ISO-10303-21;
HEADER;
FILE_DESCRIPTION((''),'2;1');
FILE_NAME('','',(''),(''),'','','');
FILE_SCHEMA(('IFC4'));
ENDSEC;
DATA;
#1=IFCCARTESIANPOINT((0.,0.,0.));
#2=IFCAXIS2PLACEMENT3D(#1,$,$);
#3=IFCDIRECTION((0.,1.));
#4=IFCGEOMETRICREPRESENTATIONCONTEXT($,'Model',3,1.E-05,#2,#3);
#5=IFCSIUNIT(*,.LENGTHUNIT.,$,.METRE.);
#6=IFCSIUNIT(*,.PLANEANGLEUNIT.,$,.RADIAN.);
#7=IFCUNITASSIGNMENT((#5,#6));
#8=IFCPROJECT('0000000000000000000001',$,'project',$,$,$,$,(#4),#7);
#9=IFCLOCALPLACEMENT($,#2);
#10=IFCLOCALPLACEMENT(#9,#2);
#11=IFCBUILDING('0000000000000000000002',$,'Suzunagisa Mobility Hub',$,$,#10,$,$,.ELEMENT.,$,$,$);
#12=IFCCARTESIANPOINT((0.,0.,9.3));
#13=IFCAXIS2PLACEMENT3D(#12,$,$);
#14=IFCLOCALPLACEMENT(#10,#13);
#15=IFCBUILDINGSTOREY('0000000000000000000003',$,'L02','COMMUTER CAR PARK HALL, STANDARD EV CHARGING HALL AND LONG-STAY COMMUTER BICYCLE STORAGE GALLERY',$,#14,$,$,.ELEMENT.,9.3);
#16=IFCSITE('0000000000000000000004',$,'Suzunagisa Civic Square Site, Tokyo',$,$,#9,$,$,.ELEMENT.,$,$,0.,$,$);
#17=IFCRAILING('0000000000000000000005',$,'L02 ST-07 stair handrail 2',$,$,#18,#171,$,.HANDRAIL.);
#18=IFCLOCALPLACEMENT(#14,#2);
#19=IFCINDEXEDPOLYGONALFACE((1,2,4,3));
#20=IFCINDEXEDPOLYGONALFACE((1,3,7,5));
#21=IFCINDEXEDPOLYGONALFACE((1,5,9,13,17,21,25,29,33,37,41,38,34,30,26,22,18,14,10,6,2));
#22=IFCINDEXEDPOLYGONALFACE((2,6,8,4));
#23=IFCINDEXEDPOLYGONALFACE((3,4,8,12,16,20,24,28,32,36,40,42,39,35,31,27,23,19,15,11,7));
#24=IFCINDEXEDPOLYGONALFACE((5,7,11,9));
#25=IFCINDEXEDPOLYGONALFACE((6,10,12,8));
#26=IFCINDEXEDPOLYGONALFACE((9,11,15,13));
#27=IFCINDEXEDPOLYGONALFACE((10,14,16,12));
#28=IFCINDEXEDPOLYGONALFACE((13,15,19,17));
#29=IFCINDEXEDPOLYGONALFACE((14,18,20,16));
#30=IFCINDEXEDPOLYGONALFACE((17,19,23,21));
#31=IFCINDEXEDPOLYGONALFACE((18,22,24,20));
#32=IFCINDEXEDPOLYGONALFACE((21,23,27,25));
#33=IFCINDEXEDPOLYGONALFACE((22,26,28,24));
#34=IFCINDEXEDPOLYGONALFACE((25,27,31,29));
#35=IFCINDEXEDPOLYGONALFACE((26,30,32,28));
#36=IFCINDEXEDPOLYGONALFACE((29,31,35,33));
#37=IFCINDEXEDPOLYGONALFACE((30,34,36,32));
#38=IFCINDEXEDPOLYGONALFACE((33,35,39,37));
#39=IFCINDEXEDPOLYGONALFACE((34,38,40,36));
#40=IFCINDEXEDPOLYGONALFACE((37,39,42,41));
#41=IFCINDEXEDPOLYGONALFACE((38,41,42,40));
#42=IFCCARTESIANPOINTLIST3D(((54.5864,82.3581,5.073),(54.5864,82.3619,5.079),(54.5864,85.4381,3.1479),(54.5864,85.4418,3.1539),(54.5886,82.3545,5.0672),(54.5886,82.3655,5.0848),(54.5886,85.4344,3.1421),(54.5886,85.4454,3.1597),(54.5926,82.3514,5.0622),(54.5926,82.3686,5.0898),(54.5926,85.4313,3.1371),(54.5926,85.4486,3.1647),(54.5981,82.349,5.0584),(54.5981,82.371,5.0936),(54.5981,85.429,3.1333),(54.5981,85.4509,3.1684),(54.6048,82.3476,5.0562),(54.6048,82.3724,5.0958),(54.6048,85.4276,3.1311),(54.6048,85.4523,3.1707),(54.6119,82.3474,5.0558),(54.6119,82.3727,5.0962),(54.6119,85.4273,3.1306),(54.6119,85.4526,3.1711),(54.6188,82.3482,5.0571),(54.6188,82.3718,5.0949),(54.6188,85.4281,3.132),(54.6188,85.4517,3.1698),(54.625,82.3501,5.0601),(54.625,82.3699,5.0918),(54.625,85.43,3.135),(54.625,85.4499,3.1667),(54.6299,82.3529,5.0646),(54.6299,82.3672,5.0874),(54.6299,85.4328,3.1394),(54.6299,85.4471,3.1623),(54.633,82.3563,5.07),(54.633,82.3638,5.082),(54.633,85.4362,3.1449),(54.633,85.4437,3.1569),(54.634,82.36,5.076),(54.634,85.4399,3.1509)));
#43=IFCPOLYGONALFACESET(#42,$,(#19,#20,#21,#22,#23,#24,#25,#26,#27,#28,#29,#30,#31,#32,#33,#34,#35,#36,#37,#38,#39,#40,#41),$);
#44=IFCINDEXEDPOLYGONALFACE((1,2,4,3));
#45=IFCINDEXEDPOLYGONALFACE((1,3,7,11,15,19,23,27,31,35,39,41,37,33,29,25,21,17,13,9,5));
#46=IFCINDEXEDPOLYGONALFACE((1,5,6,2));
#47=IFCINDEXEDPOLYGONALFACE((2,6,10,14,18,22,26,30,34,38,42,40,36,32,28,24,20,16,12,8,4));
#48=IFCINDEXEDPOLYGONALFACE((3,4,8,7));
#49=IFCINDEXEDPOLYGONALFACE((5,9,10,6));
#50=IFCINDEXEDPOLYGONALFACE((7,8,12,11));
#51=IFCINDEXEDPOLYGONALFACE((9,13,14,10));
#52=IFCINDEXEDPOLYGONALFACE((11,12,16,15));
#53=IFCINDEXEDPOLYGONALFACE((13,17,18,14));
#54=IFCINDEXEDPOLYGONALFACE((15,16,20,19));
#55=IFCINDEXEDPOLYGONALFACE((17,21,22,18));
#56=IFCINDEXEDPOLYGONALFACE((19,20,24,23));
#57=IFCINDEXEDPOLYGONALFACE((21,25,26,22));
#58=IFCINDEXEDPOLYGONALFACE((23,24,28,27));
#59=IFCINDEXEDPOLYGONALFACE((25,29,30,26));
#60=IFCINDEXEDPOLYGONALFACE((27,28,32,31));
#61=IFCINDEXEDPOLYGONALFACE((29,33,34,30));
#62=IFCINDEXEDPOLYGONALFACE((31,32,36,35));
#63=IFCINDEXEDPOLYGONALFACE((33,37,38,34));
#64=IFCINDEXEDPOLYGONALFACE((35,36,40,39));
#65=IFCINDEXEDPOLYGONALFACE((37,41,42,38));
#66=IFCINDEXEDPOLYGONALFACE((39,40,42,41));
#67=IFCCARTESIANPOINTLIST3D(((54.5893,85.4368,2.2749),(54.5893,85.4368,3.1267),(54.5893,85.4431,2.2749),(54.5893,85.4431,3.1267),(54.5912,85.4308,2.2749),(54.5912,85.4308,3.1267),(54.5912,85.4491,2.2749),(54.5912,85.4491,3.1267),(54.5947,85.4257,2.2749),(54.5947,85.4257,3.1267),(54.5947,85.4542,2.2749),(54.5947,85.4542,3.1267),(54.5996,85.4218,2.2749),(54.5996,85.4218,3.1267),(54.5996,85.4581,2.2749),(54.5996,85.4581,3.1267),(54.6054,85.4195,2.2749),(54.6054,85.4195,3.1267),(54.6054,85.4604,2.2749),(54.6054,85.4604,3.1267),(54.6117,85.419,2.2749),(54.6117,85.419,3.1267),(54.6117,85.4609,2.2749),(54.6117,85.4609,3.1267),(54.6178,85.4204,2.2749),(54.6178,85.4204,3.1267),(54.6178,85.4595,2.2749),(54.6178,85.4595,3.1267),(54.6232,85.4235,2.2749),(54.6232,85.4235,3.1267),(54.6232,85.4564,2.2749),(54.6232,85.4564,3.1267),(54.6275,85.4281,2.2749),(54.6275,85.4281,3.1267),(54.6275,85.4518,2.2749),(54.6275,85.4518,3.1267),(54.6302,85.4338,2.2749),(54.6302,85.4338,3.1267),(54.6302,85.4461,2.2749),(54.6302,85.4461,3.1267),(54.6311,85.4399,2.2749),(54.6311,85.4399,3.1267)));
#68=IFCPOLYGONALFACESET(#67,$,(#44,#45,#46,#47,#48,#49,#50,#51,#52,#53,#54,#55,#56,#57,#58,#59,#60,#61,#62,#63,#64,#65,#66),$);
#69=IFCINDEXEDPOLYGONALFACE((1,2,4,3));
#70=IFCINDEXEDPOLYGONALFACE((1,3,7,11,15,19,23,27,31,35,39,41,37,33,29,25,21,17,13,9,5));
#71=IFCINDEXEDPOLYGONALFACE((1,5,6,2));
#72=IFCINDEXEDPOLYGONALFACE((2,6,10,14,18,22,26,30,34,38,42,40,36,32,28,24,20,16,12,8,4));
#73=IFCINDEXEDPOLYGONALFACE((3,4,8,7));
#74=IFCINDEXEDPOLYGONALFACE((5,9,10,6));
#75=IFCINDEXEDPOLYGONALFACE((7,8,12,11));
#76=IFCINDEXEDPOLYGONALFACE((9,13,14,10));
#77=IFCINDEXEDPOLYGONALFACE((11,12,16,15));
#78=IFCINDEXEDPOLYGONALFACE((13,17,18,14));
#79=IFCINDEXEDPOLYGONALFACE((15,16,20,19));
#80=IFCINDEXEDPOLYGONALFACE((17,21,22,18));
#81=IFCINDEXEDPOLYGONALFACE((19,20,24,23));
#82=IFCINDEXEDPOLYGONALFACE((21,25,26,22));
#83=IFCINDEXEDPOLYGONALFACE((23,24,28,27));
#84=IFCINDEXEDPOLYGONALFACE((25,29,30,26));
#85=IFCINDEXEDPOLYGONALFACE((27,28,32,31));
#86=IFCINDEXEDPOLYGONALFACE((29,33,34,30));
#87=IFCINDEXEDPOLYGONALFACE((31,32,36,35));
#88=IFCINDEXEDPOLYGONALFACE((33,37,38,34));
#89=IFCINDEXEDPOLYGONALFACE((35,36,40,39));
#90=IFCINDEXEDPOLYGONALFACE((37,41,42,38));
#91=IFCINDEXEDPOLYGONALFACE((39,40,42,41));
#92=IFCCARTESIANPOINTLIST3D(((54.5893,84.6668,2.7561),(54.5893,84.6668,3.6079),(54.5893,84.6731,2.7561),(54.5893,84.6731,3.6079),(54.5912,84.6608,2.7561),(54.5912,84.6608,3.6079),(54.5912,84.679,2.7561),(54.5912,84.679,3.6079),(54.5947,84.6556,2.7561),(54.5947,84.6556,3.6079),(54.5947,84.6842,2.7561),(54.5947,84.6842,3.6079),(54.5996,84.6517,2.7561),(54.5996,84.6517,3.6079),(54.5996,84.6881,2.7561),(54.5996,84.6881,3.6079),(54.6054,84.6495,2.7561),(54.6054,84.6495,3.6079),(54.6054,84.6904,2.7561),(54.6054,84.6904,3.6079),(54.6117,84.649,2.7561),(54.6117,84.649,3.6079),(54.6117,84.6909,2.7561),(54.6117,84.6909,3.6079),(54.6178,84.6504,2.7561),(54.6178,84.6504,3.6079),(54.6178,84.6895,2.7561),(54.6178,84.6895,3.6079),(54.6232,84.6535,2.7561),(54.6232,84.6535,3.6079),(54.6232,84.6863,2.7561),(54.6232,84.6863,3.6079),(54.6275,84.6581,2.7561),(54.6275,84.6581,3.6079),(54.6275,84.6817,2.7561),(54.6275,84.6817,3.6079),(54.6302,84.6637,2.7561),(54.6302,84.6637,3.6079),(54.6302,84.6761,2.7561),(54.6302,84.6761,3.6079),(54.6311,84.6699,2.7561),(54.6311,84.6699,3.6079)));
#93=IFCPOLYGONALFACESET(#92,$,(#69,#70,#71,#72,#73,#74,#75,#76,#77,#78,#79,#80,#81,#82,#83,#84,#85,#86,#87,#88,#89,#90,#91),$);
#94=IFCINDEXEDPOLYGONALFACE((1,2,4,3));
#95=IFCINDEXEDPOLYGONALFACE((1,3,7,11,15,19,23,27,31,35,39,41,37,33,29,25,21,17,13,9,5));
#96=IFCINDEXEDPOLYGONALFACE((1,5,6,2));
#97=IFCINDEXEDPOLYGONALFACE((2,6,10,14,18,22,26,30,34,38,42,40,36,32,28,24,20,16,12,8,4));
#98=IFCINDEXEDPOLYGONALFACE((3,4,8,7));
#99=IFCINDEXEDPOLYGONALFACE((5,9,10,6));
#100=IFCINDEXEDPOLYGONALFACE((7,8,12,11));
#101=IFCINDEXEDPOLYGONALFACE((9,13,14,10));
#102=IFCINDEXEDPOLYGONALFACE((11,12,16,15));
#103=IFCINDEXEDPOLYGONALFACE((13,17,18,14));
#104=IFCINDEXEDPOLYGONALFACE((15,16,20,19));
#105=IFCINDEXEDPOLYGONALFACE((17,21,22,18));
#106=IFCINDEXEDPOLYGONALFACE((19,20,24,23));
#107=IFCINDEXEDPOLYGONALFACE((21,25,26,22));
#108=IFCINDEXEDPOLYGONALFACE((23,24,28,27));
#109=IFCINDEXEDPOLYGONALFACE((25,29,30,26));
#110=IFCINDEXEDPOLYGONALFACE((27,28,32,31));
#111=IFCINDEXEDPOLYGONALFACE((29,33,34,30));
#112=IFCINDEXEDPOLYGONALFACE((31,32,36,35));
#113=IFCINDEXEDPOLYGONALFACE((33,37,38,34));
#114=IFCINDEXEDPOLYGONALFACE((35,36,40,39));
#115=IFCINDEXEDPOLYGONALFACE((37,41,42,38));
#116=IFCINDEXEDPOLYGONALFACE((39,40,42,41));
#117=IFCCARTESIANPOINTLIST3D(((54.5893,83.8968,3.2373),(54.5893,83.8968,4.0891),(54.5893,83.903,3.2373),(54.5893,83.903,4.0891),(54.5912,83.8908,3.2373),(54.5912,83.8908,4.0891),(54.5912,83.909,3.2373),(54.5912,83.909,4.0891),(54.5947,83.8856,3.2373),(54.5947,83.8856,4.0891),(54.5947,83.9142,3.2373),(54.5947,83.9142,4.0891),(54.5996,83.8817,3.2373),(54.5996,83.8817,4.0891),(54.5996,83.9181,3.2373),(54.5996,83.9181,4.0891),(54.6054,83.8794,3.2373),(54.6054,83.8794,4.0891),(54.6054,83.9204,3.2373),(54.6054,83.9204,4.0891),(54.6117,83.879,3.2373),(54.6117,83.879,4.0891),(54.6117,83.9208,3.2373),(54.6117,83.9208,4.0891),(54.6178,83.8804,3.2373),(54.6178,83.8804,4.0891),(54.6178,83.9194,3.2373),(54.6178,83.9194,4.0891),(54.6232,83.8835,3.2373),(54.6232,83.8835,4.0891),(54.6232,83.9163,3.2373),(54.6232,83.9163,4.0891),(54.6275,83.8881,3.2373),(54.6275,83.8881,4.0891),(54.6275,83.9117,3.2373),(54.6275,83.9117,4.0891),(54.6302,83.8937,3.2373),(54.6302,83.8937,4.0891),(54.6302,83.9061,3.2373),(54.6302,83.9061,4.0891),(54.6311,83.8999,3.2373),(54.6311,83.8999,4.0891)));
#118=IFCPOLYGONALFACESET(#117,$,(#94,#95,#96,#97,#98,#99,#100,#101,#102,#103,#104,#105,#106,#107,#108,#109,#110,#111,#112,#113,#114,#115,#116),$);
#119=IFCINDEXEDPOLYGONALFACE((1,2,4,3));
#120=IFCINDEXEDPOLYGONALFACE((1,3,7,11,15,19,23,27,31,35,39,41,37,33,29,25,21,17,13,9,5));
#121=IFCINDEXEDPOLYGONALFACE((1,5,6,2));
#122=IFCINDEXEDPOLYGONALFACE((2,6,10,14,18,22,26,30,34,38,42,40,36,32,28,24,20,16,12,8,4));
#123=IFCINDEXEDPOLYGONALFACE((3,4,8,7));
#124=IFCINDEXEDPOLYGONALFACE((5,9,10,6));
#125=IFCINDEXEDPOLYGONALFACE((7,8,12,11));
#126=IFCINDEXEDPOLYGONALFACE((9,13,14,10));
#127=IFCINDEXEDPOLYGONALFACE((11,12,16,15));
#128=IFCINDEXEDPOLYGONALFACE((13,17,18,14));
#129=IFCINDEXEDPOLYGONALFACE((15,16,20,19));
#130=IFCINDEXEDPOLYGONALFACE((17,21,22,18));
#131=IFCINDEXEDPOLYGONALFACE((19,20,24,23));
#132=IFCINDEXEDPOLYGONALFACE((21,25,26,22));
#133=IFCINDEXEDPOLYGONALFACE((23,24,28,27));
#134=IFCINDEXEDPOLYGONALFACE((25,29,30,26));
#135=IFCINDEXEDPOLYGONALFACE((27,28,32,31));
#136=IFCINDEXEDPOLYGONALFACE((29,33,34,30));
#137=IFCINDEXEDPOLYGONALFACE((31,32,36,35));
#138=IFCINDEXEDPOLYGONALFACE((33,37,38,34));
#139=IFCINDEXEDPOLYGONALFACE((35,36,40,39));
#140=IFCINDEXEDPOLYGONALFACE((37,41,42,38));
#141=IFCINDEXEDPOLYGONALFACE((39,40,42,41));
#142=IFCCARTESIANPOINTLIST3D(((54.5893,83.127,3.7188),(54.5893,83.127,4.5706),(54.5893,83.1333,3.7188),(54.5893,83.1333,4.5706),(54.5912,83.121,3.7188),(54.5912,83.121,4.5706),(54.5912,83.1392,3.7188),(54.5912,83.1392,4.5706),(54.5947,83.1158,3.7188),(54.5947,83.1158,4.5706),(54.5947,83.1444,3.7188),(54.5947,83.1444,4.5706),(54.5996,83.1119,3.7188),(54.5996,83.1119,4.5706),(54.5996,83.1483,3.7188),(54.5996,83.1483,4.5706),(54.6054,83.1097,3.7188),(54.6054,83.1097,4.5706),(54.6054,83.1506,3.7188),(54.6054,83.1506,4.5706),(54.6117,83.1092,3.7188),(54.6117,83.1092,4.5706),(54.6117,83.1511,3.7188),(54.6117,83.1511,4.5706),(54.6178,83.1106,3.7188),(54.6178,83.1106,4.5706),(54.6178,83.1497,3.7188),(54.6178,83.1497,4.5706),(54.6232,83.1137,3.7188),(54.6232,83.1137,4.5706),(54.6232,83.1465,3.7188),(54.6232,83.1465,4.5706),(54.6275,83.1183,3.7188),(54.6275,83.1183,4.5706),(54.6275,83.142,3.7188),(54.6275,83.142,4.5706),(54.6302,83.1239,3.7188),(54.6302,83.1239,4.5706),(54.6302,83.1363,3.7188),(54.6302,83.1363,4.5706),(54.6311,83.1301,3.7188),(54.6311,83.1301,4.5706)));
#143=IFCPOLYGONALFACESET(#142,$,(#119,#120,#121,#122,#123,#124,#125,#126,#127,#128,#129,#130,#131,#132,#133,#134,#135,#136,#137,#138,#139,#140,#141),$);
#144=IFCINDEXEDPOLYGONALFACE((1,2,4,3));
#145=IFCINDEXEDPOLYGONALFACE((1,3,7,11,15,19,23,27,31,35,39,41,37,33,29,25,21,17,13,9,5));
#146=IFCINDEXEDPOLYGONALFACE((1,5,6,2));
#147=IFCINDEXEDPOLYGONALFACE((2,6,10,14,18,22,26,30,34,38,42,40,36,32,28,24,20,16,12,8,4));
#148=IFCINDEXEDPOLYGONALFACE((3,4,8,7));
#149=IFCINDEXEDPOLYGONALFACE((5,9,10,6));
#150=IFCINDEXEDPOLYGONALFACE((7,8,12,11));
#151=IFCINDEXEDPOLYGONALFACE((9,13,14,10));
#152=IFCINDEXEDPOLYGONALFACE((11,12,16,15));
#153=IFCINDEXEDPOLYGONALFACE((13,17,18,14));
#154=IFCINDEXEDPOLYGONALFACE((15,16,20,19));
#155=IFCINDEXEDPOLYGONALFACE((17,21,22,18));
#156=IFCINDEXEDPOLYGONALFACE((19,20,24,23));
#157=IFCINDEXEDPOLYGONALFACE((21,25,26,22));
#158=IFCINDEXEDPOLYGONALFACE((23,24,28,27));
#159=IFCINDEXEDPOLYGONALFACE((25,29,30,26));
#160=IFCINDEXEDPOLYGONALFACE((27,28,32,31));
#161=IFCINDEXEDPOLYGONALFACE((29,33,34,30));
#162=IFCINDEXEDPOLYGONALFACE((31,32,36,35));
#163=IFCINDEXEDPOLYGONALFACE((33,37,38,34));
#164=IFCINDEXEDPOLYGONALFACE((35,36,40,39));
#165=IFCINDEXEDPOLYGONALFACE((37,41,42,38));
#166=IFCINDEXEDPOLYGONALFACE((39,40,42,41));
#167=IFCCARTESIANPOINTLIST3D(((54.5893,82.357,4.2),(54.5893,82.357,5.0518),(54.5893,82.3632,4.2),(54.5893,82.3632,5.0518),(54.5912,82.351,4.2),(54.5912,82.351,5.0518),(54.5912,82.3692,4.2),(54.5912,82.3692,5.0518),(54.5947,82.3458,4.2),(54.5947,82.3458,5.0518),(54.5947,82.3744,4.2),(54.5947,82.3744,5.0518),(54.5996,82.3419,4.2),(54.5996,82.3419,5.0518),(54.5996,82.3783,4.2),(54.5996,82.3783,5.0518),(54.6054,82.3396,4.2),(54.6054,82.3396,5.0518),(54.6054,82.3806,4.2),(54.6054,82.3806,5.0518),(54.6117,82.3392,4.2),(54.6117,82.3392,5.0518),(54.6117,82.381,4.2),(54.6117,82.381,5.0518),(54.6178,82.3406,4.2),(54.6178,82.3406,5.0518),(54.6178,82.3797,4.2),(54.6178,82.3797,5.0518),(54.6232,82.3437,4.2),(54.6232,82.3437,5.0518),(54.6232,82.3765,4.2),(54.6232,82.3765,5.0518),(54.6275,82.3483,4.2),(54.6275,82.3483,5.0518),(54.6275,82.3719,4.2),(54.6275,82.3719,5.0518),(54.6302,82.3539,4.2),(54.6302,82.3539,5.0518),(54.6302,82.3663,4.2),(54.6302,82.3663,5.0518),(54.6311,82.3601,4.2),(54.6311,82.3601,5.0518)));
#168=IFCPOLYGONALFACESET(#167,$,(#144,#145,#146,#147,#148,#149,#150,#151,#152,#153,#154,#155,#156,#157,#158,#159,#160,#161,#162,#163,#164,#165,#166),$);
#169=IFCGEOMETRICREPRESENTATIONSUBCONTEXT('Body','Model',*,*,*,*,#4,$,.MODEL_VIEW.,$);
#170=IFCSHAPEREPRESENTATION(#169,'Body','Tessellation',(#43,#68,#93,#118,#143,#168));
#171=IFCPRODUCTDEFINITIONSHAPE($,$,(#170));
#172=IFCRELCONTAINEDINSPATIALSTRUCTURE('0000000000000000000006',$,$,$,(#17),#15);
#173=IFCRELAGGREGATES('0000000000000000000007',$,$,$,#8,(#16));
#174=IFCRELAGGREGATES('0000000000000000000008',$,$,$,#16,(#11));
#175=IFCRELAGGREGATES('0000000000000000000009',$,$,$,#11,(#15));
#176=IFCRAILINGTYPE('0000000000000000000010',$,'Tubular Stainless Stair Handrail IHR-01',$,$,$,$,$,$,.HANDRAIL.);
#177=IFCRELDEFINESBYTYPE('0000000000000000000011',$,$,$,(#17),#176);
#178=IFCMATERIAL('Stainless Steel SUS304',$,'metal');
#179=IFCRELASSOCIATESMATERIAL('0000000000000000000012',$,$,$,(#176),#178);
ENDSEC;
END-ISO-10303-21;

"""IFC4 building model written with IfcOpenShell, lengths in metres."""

from ifc_helpers import new_model, si_unit, direction, frame, origin, origin_2d, place, context, subcontext, project, spatial, circle, extrude, material, type_object, element, save


model = new_model("IFC4")

# Units and contexts
model_context = context("Model", 3, precision=1e-05, world=origin(), true_north=direction((0.0, 1.0)))
body_context = subcontext(model_context, "Body", "Model", "MODEL_VIEW")
ifc_project = project(units=[si_unit("LENGTHUNIT", "METRE"), si_unit("PLANEANGLEUNIT", "RADIAN")], contexts=[model_context])

# Site, building, storey
site_placement = place(None, origin())
site = spatial("IfcSite", under=ifc_project, at=site_placement, Name="Suzunagisa Civic Square Site, Tokyo", CompositionType="ELEMENT", RefElevation=0.0)
building_placement = place(site_placement, origin())
building = spatial("IfcBuilding", under=site, at=building_placement, Name="Suzunagisa Mobility Hub", CompositionType="ELEMENT")
storey_placement = place(building_placement, frame((0.0, 0.0, 9.3)))
storey = spatial("IfcBuildingStorey", under=building, at=storey_placement, Name="L02", Description="COMMUTER CAR PARK HALL, STANDARD EV CHARGING HALL AND LONG-STAY COMMUTER BICYCLE STORAGE GALLERY", CompositionType="ELEMENT", Elevation=9.3)

# Railing
ifc_material_1 = material(Name="Stainless Steel SUS304", Category="metal")
railing_type_1 = type_object("IfcRailingType", Name="Tubular Stainless Stair Handrail IHR-01", PredefinedType="HANDRAIL", material=ifc_material_1)
railing_1_placement = place(storey_placement, frame((54.6101, 85.4399, 2.2749)))
element("IfcRailing", 1, at=railing_1_placement, inside=storey, type_object=railing_type_1, Name="L02 ST-07 stair handrail 2", PredefinedType="HANDRAIL", context=body_context, shape_type="SweptSolid", body=[
    extrude(circle(Radius=0.0239, at=origin_2d()), frame((0.0, 0.0, 0.876), z_axis=(0.0, -0.847979, 0.530029), x_axis=(1.0, 0.0, 0.0)), (0.0, 0.0, 1.0), 3.6321),
    extrude(circle(Radius=0.021, at=origin_2d()), origin(), (0.0, 0.0, 1.0), 0.8518),
    extrude(circle(Radius=0.021, at=origin_2d()), frame((0.0, -0.77, 0.4812)), (0.0, 0.0, 1.0), 0.8518),
    extrude(circle(Radius=0.021, at=origin_2d()), frame((0.0, -1.54, 0.9624)), (0.0, 0.0, 1.0), 0.8518),
    extrude(circle(Radius=0.021, at=origin_2d()), frame((0.0, -2.3098, 1.4438)), (0.0, 0.0, 1.0), 0.8518),
    extrude(circle(Radius=0.021, at=origin_2d()), frame((0.0, -3.0798, 1.925)), (0.0, 0.0, 1.0), 0.8518),
])

save(model, "model.ifc")
